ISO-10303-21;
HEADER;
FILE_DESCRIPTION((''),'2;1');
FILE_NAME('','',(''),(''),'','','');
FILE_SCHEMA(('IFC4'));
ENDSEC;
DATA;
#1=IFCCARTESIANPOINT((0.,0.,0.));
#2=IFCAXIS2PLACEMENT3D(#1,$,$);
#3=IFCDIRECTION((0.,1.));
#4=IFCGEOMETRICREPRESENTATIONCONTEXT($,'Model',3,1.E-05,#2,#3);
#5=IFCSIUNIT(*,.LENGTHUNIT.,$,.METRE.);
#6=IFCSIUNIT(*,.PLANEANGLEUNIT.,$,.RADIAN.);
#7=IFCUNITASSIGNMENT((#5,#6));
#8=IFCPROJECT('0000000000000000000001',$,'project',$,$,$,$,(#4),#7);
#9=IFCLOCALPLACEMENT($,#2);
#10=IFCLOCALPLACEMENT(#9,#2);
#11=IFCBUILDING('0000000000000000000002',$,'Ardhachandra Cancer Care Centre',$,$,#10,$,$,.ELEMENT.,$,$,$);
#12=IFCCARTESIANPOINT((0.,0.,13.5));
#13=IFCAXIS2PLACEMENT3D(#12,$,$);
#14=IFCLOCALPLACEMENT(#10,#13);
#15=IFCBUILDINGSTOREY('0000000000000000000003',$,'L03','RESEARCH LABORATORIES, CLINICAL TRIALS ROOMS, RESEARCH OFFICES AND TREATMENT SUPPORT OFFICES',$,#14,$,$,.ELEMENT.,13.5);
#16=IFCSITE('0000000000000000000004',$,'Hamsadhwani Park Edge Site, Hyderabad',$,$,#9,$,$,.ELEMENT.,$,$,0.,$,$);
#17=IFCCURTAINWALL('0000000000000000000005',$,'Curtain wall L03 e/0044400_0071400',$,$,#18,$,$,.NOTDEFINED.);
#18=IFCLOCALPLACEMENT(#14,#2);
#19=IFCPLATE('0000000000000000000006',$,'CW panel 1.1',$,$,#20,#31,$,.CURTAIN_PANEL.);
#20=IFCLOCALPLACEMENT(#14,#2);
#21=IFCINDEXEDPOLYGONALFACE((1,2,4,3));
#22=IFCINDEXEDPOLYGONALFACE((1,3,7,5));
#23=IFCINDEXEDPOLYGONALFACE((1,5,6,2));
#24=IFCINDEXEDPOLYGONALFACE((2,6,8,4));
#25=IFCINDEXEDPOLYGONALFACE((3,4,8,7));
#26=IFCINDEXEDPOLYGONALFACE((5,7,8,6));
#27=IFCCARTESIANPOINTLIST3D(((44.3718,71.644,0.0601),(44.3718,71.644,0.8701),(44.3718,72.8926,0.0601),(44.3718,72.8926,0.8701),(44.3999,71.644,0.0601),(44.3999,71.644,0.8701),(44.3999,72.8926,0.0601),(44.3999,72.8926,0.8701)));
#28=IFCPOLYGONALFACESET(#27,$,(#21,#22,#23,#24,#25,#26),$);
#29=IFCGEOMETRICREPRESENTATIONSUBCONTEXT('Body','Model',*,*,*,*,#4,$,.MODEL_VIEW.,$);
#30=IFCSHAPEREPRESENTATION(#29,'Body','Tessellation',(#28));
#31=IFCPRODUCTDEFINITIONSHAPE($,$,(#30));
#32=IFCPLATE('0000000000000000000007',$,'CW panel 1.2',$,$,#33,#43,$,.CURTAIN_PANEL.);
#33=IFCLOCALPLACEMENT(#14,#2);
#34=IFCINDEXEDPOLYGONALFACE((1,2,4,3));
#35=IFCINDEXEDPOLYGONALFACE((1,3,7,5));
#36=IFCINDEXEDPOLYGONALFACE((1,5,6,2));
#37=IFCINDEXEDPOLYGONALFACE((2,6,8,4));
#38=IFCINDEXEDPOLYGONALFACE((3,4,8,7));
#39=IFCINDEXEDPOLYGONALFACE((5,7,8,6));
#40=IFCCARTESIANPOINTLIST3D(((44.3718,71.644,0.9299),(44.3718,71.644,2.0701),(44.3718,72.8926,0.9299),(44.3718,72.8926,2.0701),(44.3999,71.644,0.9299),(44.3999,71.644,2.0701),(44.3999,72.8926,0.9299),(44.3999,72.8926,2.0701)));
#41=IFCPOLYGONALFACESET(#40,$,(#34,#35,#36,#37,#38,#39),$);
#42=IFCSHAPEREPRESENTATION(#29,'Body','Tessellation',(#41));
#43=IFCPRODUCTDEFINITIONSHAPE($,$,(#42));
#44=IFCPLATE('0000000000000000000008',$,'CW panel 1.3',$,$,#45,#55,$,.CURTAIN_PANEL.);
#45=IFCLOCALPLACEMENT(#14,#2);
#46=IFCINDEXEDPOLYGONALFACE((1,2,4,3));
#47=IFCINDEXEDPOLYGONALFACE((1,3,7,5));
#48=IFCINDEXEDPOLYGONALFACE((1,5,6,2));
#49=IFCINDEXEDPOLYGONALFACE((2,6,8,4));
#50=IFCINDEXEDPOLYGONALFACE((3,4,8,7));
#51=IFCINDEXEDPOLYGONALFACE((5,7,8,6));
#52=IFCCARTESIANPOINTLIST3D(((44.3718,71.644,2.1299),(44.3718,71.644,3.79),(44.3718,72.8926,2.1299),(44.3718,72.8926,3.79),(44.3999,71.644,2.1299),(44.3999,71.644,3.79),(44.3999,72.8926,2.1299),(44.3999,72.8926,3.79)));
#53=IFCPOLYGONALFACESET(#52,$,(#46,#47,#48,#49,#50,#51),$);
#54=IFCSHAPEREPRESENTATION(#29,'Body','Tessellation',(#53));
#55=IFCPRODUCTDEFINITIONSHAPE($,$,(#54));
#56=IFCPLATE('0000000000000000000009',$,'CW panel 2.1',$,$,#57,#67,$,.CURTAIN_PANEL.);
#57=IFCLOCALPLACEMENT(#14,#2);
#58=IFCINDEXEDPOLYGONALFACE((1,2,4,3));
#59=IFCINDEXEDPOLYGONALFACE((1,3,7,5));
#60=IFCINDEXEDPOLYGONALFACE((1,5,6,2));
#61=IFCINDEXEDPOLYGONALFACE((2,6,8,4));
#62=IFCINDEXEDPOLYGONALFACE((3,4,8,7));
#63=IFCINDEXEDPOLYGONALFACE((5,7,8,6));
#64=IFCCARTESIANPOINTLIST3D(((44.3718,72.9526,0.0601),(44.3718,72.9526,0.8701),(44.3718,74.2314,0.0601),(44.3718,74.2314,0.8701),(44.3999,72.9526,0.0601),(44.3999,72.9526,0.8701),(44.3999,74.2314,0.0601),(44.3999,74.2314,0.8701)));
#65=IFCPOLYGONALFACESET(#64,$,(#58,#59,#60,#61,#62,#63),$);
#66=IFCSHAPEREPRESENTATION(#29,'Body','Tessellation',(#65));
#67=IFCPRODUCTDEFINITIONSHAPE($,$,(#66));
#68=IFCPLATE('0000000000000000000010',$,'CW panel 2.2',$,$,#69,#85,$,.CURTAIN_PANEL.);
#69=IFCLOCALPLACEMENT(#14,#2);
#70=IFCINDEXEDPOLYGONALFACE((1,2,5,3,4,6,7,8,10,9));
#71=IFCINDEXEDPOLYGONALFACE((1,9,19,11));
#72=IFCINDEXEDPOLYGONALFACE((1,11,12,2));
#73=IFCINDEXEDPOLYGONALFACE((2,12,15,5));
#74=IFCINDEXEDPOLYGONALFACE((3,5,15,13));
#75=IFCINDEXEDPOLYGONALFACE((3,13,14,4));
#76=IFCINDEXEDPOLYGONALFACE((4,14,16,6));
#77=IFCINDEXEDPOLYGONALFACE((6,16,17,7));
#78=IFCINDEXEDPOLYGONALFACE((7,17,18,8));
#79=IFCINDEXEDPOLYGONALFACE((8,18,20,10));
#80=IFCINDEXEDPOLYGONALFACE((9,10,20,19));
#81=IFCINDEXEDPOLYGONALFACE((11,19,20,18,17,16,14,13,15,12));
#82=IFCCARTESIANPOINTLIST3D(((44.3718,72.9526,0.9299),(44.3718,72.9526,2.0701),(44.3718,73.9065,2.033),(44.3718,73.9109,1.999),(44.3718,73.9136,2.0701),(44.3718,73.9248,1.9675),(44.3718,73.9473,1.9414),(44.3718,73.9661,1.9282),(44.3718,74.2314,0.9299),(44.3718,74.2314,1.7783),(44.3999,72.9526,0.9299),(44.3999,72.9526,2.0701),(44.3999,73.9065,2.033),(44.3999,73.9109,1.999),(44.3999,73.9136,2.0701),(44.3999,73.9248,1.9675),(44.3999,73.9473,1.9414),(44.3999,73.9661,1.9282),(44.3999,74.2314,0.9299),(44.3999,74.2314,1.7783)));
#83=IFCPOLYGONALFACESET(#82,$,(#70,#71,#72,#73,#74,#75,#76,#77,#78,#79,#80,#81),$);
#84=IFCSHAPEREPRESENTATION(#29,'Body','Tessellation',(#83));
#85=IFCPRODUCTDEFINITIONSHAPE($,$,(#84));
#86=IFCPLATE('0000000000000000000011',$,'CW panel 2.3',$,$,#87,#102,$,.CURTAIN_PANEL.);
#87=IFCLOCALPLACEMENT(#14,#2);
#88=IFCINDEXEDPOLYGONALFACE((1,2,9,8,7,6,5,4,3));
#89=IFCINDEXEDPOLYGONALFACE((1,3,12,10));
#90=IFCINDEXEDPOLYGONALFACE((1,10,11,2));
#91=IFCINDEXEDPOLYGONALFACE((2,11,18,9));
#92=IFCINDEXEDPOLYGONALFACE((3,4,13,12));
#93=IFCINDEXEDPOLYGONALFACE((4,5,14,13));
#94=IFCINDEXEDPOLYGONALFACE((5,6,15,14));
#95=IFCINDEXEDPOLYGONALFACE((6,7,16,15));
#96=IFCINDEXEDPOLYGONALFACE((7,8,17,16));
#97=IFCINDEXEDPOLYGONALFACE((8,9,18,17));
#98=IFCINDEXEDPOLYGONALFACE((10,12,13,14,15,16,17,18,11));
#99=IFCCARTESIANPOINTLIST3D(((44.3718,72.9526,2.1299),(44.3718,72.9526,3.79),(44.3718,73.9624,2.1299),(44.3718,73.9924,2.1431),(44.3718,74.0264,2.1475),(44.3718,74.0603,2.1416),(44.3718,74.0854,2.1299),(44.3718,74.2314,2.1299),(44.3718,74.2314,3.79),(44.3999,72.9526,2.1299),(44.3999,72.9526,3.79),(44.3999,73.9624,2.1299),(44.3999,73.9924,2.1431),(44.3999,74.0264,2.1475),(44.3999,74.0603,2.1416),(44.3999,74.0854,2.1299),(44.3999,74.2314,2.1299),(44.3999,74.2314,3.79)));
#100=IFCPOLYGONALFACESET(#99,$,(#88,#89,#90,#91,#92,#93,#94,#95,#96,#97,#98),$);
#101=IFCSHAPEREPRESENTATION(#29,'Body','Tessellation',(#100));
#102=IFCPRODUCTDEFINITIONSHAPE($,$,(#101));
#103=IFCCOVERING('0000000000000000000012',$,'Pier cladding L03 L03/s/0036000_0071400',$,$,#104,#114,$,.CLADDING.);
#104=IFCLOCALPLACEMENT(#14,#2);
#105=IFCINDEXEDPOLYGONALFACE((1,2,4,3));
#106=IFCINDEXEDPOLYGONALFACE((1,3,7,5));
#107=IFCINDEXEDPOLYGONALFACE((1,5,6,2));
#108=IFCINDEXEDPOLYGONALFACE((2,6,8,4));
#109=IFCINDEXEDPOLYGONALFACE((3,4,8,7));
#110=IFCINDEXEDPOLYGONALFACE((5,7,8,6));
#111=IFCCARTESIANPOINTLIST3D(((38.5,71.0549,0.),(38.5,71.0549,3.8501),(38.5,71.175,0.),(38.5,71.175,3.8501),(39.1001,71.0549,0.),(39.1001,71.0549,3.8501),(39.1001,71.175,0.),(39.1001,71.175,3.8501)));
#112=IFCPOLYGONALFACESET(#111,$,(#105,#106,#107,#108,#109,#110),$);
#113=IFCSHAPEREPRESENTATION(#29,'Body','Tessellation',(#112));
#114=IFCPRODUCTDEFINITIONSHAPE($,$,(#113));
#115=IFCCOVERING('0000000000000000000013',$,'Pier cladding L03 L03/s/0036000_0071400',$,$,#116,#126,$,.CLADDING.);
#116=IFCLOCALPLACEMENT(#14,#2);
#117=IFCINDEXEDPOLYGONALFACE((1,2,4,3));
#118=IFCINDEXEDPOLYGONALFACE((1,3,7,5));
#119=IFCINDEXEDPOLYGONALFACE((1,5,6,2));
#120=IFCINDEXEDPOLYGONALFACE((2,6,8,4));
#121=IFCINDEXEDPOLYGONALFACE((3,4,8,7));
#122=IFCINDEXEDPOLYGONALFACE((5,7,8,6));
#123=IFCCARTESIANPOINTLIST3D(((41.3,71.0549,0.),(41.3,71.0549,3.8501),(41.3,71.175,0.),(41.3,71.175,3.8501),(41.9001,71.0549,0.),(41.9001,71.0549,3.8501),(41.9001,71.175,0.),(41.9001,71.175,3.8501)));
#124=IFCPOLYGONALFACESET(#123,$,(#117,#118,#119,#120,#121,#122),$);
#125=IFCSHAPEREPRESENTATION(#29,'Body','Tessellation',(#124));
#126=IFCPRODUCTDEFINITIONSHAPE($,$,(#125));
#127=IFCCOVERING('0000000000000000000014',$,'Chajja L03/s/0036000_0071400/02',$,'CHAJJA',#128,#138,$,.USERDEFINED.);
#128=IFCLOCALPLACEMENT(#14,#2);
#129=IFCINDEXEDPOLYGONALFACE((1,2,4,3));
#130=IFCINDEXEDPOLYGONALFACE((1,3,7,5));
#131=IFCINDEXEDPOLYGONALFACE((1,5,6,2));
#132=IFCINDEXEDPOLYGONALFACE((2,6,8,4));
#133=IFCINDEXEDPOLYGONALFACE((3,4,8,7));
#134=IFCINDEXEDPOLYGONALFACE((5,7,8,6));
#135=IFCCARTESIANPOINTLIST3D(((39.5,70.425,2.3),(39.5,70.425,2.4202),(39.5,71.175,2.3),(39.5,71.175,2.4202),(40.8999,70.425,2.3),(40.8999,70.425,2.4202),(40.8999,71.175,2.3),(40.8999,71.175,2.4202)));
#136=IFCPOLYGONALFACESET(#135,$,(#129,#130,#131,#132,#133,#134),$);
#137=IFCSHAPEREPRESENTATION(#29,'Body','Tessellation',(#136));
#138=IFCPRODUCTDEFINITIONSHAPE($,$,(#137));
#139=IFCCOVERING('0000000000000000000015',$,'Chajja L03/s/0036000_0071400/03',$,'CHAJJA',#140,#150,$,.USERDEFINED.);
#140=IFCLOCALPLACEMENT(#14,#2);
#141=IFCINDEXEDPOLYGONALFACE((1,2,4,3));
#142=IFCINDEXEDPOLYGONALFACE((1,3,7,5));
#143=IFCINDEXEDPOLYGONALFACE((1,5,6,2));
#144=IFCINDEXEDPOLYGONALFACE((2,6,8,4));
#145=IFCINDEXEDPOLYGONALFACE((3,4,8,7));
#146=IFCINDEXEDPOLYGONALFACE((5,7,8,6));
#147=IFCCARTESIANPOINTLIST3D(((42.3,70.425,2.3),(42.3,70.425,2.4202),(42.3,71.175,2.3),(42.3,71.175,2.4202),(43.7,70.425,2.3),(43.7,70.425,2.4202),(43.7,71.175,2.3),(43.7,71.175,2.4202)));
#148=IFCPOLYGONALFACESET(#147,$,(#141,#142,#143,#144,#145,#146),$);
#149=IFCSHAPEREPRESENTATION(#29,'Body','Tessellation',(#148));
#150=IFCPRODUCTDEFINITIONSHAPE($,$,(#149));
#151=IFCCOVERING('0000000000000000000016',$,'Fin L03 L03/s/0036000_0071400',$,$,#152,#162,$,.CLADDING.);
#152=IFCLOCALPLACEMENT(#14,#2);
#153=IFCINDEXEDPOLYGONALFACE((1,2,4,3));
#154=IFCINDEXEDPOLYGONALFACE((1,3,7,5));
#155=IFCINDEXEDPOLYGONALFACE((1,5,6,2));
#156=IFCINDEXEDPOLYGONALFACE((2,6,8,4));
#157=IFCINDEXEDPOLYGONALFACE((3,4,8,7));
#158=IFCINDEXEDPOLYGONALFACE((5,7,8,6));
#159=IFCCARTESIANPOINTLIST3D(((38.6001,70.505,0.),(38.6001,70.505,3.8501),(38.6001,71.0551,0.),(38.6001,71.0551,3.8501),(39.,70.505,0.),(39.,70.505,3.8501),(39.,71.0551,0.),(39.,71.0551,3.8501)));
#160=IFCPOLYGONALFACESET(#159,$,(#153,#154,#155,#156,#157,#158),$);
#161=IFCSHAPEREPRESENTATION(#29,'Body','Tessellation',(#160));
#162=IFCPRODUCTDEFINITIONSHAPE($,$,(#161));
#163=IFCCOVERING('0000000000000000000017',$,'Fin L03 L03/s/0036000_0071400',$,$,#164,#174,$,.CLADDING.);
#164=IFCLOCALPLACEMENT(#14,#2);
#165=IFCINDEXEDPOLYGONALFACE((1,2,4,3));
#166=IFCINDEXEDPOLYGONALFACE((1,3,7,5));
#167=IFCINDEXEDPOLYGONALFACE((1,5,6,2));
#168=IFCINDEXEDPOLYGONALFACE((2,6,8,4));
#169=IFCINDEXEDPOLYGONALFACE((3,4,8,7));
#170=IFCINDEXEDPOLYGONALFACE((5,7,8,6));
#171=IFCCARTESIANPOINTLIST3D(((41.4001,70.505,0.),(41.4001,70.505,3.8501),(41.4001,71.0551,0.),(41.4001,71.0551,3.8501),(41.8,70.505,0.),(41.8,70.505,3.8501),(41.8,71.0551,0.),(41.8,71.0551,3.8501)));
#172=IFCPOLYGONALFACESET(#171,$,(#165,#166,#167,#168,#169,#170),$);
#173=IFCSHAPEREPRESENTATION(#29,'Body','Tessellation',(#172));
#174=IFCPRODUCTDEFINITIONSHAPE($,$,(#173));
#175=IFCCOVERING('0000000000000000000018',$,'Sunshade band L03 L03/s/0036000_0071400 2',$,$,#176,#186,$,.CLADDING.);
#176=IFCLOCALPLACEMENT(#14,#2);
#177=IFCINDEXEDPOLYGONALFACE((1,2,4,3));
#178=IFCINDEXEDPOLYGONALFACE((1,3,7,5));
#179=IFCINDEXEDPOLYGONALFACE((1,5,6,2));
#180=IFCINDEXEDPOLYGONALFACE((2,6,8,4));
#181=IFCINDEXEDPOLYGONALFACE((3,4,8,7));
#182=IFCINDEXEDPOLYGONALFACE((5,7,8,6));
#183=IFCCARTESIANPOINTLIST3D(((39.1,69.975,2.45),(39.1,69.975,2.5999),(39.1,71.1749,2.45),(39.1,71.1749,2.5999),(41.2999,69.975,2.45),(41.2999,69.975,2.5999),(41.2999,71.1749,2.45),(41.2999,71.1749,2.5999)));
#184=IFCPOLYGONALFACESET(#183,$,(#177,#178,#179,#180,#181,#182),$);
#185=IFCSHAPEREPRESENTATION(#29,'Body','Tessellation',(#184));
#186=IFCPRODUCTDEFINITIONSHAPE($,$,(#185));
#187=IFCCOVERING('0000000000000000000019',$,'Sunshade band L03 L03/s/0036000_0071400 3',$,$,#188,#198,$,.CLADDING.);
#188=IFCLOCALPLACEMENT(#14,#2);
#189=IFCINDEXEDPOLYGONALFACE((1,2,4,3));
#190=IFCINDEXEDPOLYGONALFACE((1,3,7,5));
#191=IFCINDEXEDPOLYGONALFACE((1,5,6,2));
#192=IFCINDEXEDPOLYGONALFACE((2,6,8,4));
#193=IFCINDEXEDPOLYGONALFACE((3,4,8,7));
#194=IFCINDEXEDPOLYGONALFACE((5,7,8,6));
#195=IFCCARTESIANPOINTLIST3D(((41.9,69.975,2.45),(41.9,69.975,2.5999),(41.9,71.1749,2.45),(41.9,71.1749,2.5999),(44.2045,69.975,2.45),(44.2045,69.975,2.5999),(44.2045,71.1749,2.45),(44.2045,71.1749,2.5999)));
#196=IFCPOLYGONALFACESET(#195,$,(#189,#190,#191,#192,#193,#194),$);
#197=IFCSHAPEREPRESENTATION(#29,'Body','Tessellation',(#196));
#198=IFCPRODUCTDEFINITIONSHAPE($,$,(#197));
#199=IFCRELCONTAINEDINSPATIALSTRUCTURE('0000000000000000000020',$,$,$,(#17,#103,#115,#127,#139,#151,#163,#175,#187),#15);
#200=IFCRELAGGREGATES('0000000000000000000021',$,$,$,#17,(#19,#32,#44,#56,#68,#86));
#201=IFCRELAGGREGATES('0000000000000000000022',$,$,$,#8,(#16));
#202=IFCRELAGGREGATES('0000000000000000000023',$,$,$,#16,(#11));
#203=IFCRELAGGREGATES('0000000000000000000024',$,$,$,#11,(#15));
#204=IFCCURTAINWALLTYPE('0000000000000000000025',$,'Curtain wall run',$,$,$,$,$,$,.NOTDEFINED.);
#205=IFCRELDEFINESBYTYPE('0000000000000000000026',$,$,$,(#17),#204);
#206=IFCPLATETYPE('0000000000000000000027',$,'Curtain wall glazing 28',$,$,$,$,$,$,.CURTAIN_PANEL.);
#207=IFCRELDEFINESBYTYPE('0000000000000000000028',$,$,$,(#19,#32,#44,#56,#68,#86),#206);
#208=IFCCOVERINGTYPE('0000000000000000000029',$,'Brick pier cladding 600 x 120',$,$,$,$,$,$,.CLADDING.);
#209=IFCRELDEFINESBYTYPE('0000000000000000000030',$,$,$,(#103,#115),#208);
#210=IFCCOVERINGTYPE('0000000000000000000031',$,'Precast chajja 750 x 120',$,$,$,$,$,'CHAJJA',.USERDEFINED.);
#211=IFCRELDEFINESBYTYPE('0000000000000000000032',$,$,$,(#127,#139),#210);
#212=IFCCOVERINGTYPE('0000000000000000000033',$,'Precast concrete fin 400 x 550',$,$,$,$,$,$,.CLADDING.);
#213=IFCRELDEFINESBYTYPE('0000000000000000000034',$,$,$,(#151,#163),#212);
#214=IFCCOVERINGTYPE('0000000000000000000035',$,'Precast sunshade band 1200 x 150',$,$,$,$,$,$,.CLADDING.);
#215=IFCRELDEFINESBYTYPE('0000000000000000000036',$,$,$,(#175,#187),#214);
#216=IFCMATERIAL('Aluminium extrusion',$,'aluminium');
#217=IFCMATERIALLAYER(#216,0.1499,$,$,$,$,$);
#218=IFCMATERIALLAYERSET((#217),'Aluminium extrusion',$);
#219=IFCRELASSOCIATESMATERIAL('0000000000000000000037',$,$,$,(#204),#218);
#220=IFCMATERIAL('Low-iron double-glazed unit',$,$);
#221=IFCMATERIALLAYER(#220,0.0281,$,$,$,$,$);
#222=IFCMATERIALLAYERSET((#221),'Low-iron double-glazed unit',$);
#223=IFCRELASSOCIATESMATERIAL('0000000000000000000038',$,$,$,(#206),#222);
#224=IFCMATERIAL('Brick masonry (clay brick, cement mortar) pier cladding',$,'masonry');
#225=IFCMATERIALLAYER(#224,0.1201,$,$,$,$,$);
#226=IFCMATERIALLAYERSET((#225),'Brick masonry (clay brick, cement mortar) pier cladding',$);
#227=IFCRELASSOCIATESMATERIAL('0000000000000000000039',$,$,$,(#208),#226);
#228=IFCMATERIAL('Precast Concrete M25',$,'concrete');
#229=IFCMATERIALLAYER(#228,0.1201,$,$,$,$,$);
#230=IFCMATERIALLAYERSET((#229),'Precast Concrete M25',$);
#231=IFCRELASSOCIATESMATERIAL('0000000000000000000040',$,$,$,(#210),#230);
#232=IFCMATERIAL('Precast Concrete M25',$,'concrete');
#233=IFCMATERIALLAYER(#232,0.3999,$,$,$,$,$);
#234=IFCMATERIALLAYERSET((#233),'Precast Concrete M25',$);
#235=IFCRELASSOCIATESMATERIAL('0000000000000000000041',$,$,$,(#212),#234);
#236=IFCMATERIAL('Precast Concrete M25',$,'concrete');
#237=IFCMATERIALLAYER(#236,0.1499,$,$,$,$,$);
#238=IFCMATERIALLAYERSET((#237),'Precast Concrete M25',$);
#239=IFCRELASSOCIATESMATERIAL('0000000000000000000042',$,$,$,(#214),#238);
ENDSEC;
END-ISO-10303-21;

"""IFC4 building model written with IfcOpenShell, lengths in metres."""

from ifc_helpers import new_model, si_unit, direction, frame, origin, origin_2d, place, context, subcontext, project, spatial, polyline, rectangle, outline, extrude, material, layer, layer_set, type_object, element, aggregate, save


model = new_model("IFC4")

# Units and contexts
model_context = context("Model", 3, precision=1e-05, world=origin(), true_north=direction((0.0, 1.0)))
body_context = subcontext(model_context, "Body", "Model", "MODEL_VIEW")
ifc_project = project(units=[si_unit("LENGTHUNIT", "METRE"), si_unit("PLANEANGLEUNIT", "RADIAN")], contexts=[model_context])

# Site, building, storey
site_placement = place(None, origin())
site = spatial("IfcSite", under=ifc_project, at=site_placement, Name="Hamsadhwani Park Edge Site, Hyderabad", CompositionType="ELEMENT", RefElevation=0.0)
building_placement = place(site_placement, origin())
building = spatial("IfcBuilding", under=site, at=building_placement, Name="Ardhachandra Cancer Care Centre", CompositionType="ELEMENT")
storey_placement = place(building_placement, frame((0.0, 0.0, 13.5)))
storey = spatial("IfcBuildingStorey", under=building, at=storey_placement, Name="L03", Description="RESEARCH LABORATORIES, CLINICAL TRIALS ROOMS, RESEARCH OFFICES AND TREATMENT SUPPORT OFFICES", CompositionType="ELEMENT", Elevation=13.5)

# Curtain wall, plates
ifc_material_1 = material(Name="Aluminium extrusion", Category="aluminium")
ifc_layer_1 = layer(ifc_material_1, 0.1499)
ifc_layer_set_1 = layer_set([ifc_layer_1], Name="Aluminium extrusion")
curtain_wall_type = type_object("IfcCurtainWallType", Name="Curtain wall run", PredefinedType="NOTDEFINED", material=ifc_layer_set_1)
curtain_wall_placement = place(storey_placement, origin())
curtain_wall = element("IfcCurtainWall", 1, at=curtain_wall_placement, inside=storey, type_object=curtain_wall_type, Name="Curtain wall L03 e/0044400_0071400", PredefinedType="NOTDEFINED")
ifc_material_2 = material(Name="Low-iron double-glazed unit")
ifc_layer_2 = layer(ifc_material_2, 0.0281)
ifc_layer_set_2 = layer_set([ifc_layer_2], Name="Low-iron double-glazed unit")
plate_type = type_object("IfcPlateType", Name="Curtain wall glazing 28", PredefinedType="CURTAIN_PANEL", material=ifc_layer_set_2)
plate_1_placement = place(storey_placement, frame((44.3999, 71.644, 0.0601), z_axis=(-1.0, 0.0, 0.0), x_axis=(0.0, 0.0, 1.0)))
plate_1 = element("IfcPlate", 2, at=plate_1_placement, type_object=plate_type, Name="CW panel 1.1", PredefinedType="CURTAIN_PANEL", context=body_context, shape_type="SweptSolid", body=[
    extrude(outline(polyline([(0.0, 0.0), (0.8101, 0.0), (0.8101, 1.2485), (0.0, 1.2485), (0.0, 0.0)])), origin(), (0.0, 0.0, 1.0), 0.0281),
])
plate_2_placement = place(storey_placement, frame((44.3999, 71.644, 0.9299), z_axis=(-1.0, 0.0, 0.0), x_axis=(0.0, 0.0, 1.0)))
plate_2 = element("IfcPlate", 3, at=plate_2_placement, type_object=plate_type, Name="CW panel 1.2", PredefinedType="CURTAIN_PANEL", context=body_context, shape_type="SweptSolid", body=[
    extrude(outline(polyline([(0.0, 0.0), (1.1401, 0.0), (1.1401, 1.2485), (0.0, 1.2485), (0.0, 0.0)])), origin(), (0.0, 0.0, 1.0), 0.0281),
])
plate_3_placement = place(storey_placement, frame((44.3999, 71.644, 2.1299), z_axis=(-1.0, 0.0, 0.0), x_axis=(0.0, 0.0, 1.0)))
plate_3 = element("IfcPlate", 4, at=plate_3_placement, type_object=plate_type, Name="CW panel 1.3", PredefinedType="CURTAIN_PANEL", context=body_context, shape_type="SweptSolid", body=[
    extrude(outline(polyline([(0.0, 0.0), (1.6602, 0.0), (1.6602, 1.2485), (0.0, 1.2485), (0.0, 0.0)])), origin(), (0.0, 0.0, 1.0), 0.0281),
])
plate_4_placement = place(storey_placement, frame((44.3999, 72.9526, 0.0601), z_axis=(-1.0, 0.0, 0.0), x_axis=(0.0, 0.0, 1.0)))
plate_4 = element("IfcPlate", 5, at=plate_4_placement, type_object=plate_type, Name="CW panel 2.1", PredefinedType="CURTAIN_PANEL", context=body_context, shape_type="SweptSolid", body=[
    extrude(outline(polyline([(0.0, 0.0), (0.8101, 0.0), (0.8101, 1.2788), (0.0, 1.2788), (0.0, 0.0)])), origin(), (0.0, 0.0, 1.0), 0.0281),
])
plate_5_placement = place(storey_placement, frame((44.3999, 74.2314, 0.9299), z_axis=(-1.0, 0.0, 0.0), x_axis=(0.0, -1.0, 0.0)))
plate_5 = element("IfcPlate", 6, at=plate_5_placement, type_object=plate_type, Name="CW panel 2.2", PredefinedType="CURTAIN_PANEL", context=body_context, shape_type="SweptSolid", body=[
    extrude(outline(polyline([(0.0, 0.0), (1.2788, 0.0), (1.2788, 1.1401), (0.3179, 1.1401), (0.325, 1.103), (0.3206, 1.0691), (0.3066, 1.0376), (0.2842, 1.0115), (0.2654, 0.9983), (0.0, 0.8484), (0.0, 0.0)])), origin(), (0.0, 0.0, 1.0), 0.0281),
])
plate_6_placement = place(storey_placement, frame((44.3999, 72.9526, 2.1299), z_axis=(-1.0, 0.0, 0.0), x_axis=(0.0, 0.0, 1.0)))
plate_6 = element("IfcPlate", 7, at=plate_6_placement, type_object=plate_type, Name="CW panel 2.3", PredefinedType="CURTAIN_PANEL", context=body_context, shape_type="SweptSolid", body=[
    extrude(outline(polyline([(0.0, 0.0), (1.6602, 0.0), (1.6602, 1.2788), (0.0, 1.2788), (0.0, 1.1328), (0.0117, 1.1077), (0.0176, 1.0737), (0.0132, 1.0398), (0.0, 1.0098), (0.0, 0.0)])), origin(), (0.0, 0.0, 1.0), 0.0281),
])
aggregate(curtain_wall, [plate_1, plate_2, plate_3, plate_4, plate_5, plate_6])

# Coverings
ifc_material_3 = material(Name="Brick masonry (clay brick, cement mortar) pier cladding", Category="masonry")
ifc_layer_3 = layer(ifc_material_3, 0.1201)
ifc_layer_set_3 = layer_set([ifc_layer_3], Name="Brick masonry (clay brick, cement mortar) pier cladding")
covering_type_1 = type_object("IfcCoveringType", Name="Brick pier cladding 600 x 120", PredefinedType="CLADDING", material=ifc_layer_set_3)
for number, where, z_axis, x_axis, name in (
    (8, (38.8, 71.115, 0.0), (0.0, 0.0, 1.0), (1.0, 0.0, 0.0), "Pier cladding L03 L03/s/0036000_0071400"),
    (9, (41.6001, 71.115, 0.0), (0.0, 0.0, 1.0), (1.0, 0.0, 0.0), "Pier cladding L03 L03/s/0036000_0071400"),
):
    element("IfcCovering", number, at=place(storey_placement, frame(where, z_axis=z_axis, x_axis=x_axis)), inside=storey, type_object=covering_type_1, Name=name, PredefinedType="CLADDING", context=body_context, shape_type="SweptSolid", body=[
        extrude(rectangle(XDim=0.6001, YDim=0.1201, at=origin_2d()), origin(), (0.0, 0.0, 1.0), 3.8501),
    ])
ifc_material_4 = material(Name="Precast Concrete M25", Category="concrete")
ifc_layer_4 = layer(ifc_material_4, 0.1201)
ifc_layer_set_4 = layer_set([ifc_layer_4], Name="Precast Concrete M25")
covering_type_2 = type_object("IfcCoveringType", Name="Precast chajja 750 x 120", ElementType="CHAJJA", PredefinedType="USERDEFINED", material=ifc_layer_set_4)
for number, where, z_axis, x_axis, name in (
    (10, (40.2, 70.8, 2.3), (0.0, 0.0, 1.0), (1.0, 0.0, 0.0), "Chajja L03/s/0036000_0071400/02"),
    (11, (43.0, 70.8, 2.3), (0.0, 0.0, 1.0), (1.0, 0.0, 0.0), "Chajja L03/s/0036000_0071400/03"),
):
    element("IfcCovering", number, at=place(storey_placement, frame(where, z_axis=z_axis, x_axis=x_axis)), inside=storey, type_object=covering_type_2, Name=name, ObjectType="CHAJJA", PredefinedType="USERDEFINED", context=body_context, shape_type="SweptSolid", body=[
        extrude(rectangle(XDim=1.3999, YDim=0.75, at=origin_2d()), origin(), (0.0, 0.0, 1.0), 0.1201),
    ])
ifc_material_5 = material(Name="Precast Concrete M25", Category="concrete")
ifc_layer_5 = layer(ifc_material_5, 0.3999)
ifc_layer_set_5 = layer_set([ifc_layer_5], Name="Precast Concrete M25")
covering_type_3 = type_object("IfcCoveringType", Name="Precast concrete fin 400 x 550", PredefinedType="CLADDING", material=ifc_layer_set_5)
for number, where, z_axis, x_axis, name in (
    (12, (38.8, 70.78, 0.0), (0.0, 0.0, 1.0), (1.0, 0.0, 0.0), "Fin L03 L03/s/0036000_0071400"),
    (13, (41.6001, 70.78, 0.0), (0.0, 0.0, 1.0), (1.0, 0.0, 0.0), "Fin L03 L03/s/0036000_0071400"),
):
    element("IfcCovering", number, at=place(storey_placement, frame(where, z_axis=z_axis, x_axis=x_axis)), inside=storey, type_object=covering_type_3, Name=name, PredefinedType="CLADDING", context=body_context, shape_type="SweptSolid", body=[
        extrude(rectangle(XDim=0.3999, YDim=0.55, at=origin_2d()), origin(), (0.0, 0.0, 1.0), 3.8501),
    ])
ifc_material_6 = material(Name="Precast Concrete M25", Category="concrete")
ifc_layer_6 = layer(ifc_material_6, 0.1499)
ifc_layer_set_6 = layer_set([ifc_layer_6], Name="Precast Concrete M25")
covering_type_4 = type_object("IfcCoveringType", Name="Precast sunshade band 1200 x 150", PredefinedType="CLADDING", material=ifc_layer_set_6)
covering_1_placement = place(storey_placement, frame((40.2, 70.575, 2.45), z_axis=(0.0, 0.0, 1.0), x_axis=(1.0, 0.0, 0.0)))
element("IfcCovering", 14, at=covering_1_placement, inside=storey, type_object=covering_type_4, Name="Sunshade band L03 L03/s/0036000_0071400 2", PredefinedType="CLADDING", context=body_context, shape_type="SweptSolid", body=[
    extrude(rectangle(XDim=2.2, YDim=1.2, at=origin_2d()), origin(), (0.0, 0.0, 1.0), 0.1499),
])
covering_2_placement = place(storey_placement, frame((43.0522, 70.575, 2.45), z_axis=(0.0, 0.0, 1.0), x_axis=(1.0, 0.0, 0.0)))
element("IfcCovering", 15, at=covering_2_placement, inside=storey, type_object=covering_type_4, Name="Sunshade band L03 L03/s/0036000_0071400 3", PredefinedType="CLADDING", context=body_context, shape_type="SweptSolid", body=[
    extrude(rectangle(XDim=2.3044, YDim=1.2, at=origin_2d()), origin(), (0.0, 0.0, 1.0), 0.1499),
])

save(model, "model.ifc")
